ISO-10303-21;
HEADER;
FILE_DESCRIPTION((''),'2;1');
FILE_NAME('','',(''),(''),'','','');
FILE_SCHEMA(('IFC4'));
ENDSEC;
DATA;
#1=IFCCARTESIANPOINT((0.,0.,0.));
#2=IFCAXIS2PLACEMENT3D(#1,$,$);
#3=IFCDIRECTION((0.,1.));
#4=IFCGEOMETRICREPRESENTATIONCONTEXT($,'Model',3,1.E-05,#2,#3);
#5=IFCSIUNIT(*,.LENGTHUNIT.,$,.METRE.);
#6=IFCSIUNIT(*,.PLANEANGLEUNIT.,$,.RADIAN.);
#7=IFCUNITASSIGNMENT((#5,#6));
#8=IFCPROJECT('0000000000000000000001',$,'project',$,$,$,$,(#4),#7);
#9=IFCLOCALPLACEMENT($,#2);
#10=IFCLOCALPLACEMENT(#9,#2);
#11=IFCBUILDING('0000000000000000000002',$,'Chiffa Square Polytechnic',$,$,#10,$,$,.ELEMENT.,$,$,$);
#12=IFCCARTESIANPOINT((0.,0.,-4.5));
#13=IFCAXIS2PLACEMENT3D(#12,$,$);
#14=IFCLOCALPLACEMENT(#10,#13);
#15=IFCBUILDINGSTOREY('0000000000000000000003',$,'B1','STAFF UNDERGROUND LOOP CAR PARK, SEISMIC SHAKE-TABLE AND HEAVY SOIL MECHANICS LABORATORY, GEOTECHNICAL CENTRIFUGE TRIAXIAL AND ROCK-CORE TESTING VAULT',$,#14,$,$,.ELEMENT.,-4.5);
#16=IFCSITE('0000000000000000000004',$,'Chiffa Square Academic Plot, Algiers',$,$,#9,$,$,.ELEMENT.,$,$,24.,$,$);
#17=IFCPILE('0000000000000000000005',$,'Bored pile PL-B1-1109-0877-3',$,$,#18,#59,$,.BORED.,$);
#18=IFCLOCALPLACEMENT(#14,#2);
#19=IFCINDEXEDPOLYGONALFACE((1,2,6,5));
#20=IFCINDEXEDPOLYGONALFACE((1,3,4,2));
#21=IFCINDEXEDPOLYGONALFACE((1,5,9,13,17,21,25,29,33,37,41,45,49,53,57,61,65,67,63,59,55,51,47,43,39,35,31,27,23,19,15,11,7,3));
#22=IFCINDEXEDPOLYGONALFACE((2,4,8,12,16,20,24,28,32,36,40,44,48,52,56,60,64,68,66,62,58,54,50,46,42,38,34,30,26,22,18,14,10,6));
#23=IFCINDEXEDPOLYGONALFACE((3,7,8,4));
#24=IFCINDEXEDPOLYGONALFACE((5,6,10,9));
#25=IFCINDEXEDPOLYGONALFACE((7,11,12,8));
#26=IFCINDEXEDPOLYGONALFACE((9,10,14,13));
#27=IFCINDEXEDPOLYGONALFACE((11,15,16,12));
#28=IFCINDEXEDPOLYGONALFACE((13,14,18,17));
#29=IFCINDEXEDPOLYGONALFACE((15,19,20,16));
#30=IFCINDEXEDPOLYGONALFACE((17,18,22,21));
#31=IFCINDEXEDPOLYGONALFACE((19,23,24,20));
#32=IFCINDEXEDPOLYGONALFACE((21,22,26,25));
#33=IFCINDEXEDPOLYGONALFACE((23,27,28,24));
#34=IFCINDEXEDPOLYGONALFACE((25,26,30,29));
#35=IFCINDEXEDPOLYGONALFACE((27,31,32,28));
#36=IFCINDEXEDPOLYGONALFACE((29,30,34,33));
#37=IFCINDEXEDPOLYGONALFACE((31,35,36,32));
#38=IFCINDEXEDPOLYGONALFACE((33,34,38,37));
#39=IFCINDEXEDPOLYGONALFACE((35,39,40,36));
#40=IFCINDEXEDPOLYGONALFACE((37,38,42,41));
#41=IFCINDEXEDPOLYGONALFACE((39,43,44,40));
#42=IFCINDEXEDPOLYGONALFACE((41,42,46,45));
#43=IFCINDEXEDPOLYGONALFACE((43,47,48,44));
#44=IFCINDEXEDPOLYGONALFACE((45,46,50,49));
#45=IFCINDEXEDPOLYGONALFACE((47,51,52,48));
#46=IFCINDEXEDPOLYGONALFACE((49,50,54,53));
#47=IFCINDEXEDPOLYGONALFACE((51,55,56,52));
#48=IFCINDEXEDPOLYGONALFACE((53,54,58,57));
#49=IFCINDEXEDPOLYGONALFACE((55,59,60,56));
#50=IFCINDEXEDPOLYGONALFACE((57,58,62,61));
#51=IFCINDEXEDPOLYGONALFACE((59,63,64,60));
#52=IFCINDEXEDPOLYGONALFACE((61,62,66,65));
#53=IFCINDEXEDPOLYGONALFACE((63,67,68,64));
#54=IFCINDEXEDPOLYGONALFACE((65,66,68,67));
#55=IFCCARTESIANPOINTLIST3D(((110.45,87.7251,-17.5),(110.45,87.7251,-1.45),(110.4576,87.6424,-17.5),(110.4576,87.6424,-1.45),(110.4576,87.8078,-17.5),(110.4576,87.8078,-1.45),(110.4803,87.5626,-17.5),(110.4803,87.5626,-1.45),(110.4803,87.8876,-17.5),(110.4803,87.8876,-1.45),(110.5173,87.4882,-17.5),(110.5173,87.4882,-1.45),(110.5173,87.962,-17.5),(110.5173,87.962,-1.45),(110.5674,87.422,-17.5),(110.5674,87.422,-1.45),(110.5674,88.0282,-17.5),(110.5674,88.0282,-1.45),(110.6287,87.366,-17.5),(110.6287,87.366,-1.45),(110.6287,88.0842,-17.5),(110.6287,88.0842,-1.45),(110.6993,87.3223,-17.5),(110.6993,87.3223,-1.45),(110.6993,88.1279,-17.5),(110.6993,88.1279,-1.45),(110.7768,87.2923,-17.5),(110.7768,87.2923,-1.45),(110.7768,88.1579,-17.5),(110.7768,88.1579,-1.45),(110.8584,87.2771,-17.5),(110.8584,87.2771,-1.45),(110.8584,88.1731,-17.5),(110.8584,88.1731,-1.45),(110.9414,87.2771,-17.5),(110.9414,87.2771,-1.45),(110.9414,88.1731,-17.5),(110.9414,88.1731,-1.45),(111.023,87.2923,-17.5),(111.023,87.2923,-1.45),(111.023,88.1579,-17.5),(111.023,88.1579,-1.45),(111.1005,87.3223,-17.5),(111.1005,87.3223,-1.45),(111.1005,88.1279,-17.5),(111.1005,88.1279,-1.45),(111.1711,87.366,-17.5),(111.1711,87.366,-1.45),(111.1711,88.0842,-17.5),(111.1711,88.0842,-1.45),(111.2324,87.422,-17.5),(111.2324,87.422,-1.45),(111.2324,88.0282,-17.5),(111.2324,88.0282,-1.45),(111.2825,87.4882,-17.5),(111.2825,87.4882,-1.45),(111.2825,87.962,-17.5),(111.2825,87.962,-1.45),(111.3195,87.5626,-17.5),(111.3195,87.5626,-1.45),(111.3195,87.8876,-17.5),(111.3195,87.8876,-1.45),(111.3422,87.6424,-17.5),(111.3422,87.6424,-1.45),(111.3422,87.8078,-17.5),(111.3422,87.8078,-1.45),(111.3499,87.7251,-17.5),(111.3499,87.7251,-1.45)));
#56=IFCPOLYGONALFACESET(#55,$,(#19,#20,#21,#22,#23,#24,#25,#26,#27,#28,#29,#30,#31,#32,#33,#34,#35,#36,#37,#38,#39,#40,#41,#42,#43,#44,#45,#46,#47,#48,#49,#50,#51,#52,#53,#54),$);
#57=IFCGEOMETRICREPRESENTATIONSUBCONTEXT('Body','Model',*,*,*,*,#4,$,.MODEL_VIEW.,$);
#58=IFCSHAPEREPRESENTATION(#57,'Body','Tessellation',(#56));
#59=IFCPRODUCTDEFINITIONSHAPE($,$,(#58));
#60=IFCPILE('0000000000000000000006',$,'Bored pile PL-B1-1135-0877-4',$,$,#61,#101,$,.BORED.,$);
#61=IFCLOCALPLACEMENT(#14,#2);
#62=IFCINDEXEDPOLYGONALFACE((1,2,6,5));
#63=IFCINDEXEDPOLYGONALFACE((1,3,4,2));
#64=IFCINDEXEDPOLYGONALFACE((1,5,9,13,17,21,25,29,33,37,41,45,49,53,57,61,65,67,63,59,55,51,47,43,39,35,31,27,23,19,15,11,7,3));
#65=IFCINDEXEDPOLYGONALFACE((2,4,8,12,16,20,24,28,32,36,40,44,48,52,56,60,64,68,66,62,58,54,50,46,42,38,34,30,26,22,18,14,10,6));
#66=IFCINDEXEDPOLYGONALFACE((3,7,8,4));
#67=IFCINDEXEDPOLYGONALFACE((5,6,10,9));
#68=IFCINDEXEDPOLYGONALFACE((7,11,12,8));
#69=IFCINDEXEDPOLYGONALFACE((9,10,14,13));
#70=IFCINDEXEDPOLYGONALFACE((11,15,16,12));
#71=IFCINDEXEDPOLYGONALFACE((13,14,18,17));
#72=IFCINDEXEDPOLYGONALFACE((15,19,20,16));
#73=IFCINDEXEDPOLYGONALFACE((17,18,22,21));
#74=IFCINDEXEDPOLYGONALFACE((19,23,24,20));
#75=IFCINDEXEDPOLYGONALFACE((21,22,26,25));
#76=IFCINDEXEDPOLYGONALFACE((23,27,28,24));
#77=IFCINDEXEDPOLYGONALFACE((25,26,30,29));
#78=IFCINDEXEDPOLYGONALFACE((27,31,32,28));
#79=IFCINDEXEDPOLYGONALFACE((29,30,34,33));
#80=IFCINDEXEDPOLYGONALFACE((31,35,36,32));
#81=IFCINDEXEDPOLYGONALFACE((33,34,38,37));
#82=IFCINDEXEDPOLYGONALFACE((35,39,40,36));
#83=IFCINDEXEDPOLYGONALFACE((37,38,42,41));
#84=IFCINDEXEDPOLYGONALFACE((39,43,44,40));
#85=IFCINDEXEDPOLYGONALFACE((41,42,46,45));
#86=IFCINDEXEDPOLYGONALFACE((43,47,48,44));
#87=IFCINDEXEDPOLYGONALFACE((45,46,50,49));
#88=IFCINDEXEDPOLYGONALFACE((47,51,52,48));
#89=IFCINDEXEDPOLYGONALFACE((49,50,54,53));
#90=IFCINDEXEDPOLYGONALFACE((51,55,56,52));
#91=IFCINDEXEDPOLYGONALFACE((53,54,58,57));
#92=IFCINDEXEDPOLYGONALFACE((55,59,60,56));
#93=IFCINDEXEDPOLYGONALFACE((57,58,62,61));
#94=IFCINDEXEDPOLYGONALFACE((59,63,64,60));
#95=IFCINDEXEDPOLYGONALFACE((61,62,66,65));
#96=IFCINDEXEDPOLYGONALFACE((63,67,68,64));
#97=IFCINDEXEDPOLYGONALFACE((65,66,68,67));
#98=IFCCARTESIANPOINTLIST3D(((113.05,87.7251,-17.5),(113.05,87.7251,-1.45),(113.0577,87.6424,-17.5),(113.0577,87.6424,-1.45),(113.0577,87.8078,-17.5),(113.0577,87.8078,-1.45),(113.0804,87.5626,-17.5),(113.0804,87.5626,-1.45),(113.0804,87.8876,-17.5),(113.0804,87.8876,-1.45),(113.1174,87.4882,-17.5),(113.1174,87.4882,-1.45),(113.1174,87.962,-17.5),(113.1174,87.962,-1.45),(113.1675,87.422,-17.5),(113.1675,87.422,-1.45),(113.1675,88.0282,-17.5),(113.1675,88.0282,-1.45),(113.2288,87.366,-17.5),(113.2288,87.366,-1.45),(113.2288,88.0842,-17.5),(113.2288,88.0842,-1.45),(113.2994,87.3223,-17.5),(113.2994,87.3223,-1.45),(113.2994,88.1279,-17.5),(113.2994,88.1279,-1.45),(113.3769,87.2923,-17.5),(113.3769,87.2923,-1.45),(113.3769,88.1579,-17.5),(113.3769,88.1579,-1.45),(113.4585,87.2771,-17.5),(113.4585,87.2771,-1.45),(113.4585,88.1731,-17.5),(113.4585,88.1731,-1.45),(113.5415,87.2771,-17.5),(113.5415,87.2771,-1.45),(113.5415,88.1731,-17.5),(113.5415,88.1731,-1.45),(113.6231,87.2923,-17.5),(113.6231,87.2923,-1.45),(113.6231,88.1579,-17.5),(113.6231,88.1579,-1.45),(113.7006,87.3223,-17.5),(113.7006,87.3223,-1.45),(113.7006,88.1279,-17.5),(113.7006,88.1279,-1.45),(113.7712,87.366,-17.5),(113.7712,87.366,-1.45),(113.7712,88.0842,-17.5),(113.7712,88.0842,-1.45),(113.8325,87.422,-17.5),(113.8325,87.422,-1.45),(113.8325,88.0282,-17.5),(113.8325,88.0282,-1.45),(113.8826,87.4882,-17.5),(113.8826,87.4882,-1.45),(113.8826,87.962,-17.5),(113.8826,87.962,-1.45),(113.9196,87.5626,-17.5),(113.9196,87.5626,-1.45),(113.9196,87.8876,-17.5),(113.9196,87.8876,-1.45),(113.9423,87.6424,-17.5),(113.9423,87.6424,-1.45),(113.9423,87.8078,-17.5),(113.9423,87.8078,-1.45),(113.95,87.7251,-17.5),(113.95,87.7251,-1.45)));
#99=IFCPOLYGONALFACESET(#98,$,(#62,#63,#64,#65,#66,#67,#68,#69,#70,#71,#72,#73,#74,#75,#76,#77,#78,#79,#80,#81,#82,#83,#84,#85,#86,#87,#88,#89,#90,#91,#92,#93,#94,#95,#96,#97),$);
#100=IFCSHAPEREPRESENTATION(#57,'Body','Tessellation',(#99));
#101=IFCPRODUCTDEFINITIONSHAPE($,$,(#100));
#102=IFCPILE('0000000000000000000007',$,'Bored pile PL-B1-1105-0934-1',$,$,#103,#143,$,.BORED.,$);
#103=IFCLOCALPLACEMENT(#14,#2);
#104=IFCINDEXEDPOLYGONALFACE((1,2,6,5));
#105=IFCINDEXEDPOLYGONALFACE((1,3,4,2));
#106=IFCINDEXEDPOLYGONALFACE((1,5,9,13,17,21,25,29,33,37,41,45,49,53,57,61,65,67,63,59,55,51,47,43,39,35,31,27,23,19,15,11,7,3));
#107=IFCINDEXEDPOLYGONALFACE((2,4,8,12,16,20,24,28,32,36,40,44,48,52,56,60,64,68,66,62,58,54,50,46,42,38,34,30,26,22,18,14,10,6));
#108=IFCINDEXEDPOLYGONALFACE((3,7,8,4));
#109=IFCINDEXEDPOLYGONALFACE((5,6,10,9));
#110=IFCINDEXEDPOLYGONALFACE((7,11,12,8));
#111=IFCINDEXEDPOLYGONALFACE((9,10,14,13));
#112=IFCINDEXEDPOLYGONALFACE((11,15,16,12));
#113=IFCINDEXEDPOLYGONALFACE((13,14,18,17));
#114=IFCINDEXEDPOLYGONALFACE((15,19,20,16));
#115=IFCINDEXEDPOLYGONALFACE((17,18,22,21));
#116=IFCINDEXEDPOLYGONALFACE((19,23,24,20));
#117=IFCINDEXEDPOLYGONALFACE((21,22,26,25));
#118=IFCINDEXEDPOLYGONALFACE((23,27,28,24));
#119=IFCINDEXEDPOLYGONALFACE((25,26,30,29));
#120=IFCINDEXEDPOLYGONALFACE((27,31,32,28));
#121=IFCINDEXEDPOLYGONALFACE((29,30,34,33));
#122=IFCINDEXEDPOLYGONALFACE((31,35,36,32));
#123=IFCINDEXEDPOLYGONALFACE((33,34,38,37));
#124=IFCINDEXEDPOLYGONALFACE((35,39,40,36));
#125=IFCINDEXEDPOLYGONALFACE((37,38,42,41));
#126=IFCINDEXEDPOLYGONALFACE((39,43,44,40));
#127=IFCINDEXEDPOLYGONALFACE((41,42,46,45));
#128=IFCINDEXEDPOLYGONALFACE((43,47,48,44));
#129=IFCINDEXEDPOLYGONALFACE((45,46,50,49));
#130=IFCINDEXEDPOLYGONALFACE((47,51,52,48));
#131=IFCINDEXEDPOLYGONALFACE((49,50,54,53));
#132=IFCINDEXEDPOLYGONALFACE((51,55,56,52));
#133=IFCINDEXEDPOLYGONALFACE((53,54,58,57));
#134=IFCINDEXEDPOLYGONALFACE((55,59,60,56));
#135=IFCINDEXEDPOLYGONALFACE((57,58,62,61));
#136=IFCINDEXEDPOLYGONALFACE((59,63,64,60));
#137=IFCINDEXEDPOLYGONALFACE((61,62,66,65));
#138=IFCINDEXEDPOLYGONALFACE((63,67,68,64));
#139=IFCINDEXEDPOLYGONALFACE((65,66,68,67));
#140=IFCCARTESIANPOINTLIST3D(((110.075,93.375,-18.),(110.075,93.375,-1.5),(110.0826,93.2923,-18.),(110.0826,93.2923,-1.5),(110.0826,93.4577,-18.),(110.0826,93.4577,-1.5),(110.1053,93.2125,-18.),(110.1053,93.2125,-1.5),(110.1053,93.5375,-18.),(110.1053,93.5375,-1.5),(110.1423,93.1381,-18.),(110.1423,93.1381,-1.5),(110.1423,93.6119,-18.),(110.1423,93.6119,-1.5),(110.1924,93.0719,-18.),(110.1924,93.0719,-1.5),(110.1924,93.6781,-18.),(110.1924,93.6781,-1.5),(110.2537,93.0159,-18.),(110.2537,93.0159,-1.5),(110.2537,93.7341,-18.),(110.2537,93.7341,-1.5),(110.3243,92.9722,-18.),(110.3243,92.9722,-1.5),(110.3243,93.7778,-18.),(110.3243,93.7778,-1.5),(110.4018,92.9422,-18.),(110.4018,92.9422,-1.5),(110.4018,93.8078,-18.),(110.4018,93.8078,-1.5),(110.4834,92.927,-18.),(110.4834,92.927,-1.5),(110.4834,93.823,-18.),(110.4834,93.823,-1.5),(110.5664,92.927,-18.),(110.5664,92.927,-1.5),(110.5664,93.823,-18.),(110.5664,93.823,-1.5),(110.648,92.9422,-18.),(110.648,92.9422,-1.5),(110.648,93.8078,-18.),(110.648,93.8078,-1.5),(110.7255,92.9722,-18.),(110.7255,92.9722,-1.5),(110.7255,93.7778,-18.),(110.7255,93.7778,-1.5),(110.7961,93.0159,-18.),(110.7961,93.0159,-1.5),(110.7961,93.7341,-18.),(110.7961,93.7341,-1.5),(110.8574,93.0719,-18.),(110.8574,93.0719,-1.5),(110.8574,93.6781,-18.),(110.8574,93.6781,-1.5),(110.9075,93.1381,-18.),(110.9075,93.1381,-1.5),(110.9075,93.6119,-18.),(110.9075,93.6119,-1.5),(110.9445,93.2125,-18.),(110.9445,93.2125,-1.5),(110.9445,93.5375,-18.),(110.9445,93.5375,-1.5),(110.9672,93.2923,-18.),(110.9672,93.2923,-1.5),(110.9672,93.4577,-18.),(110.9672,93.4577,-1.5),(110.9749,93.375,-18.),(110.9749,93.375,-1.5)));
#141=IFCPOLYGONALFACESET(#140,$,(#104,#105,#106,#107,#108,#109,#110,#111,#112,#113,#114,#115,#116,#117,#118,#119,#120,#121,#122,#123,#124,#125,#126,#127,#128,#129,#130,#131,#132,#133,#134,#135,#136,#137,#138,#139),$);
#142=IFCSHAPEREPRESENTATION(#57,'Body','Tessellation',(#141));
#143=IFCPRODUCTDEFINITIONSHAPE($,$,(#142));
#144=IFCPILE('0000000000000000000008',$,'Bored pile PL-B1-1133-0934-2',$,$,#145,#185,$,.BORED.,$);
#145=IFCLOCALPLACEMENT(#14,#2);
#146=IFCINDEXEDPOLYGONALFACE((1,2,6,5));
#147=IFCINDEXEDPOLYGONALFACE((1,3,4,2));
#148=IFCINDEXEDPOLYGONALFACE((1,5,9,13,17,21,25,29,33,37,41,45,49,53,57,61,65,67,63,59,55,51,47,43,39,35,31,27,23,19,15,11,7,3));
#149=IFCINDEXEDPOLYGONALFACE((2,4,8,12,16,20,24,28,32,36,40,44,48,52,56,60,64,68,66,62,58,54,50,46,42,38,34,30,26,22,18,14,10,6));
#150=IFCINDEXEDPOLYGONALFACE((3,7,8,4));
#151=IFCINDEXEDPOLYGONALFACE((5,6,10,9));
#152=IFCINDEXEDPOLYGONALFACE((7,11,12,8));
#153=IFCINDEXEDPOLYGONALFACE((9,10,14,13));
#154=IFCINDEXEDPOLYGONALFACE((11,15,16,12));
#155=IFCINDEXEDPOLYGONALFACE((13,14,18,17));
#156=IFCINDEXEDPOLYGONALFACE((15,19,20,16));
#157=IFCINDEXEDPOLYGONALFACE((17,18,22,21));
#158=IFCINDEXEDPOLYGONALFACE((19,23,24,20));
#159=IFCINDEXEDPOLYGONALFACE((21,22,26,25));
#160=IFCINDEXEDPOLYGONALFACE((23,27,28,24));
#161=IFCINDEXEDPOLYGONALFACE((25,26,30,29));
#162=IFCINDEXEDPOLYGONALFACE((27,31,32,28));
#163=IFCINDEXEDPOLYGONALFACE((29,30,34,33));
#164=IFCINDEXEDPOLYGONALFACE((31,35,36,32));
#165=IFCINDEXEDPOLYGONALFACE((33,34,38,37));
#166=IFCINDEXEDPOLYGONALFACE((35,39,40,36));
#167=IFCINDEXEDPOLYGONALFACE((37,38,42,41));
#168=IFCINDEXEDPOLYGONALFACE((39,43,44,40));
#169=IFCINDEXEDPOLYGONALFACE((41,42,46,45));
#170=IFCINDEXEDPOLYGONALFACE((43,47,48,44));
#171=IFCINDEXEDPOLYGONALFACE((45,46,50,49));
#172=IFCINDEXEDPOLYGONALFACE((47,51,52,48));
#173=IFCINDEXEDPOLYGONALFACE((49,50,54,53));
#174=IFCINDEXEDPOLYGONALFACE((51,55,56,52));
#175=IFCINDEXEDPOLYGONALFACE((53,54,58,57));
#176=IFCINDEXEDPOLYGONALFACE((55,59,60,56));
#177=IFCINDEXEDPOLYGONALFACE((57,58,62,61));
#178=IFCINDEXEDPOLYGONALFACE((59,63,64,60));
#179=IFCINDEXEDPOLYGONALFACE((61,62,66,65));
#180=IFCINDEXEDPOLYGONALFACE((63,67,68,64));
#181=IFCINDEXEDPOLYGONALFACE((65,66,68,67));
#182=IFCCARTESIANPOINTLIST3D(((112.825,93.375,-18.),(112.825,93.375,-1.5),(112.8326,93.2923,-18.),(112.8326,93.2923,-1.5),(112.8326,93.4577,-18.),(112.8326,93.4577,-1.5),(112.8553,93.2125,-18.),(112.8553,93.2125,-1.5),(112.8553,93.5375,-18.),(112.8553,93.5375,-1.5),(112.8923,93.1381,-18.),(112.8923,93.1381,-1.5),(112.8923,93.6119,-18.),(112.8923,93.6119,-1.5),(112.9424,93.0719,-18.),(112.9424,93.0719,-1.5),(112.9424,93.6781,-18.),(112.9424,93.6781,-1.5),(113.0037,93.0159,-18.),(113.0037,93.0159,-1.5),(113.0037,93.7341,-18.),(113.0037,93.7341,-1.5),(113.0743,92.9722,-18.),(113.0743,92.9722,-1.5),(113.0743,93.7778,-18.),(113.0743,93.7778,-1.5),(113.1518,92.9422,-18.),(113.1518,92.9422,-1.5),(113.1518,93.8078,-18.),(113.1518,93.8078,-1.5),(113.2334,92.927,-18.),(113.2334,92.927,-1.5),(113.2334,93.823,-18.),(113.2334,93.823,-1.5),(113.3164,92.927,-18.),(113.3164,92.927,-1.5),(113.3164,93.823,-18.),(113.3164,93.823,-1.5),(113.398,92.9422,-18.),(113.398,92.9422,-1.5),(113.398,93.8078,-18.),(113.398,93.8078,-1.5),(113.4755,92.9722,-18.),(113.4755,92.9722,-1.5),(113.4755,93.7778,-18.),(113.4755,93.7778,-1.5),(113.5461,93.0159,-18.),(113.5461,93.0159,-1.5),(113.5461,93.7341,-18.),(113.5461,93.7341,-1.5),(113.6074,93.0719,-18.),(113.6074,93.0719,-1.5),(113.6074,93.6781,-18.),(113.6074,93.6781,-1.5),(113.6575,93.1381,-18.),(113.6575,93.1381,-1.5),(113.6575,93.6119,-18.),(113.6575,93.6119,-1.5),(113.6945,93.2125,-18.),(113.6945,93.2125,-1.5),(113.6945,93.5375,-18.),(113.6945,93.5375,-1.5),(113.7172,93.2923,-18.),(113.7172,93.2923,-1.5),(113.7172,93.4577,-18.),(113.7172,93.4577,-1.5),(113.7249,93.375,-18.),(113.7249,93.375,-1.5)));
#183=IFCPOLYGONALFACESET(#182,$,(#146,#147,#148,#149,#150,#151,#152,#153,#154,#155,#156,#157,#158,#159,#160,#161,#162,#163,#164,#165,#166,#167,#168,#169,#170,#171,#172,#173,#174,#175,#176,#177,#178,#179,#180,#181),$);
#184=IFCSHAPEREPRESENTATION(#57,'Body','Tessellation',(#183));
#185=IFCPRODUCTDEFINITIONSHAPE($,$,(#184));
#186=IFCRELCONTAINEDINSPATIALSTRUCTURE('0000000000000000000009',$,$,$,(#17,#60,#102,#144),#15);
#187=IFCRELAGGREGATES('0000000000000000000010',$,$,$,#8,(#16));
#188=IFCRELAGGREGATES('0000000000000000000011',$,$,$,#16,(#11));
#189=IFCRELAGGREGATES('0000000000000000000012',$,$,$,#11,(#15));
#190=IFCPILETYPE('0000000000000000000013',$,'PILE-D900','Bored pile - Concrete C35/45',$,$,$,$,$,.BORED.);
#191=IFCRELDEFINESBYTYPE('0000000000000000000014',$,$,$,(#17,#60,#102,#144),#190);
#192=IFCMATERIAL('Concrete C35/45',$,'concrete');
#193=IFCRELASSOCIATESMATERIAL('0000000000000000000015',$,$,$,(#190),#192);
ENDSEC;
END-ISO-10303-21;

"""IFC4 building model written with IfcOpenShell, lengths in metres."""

from ifc_helpers import new_model, si_unit, direction, frame, origin, origin_2d, place, context, subcontext, project, spatial, circle, extrude, material, material_profile, profile_set, type_object, element, save


model = new_model("IFC4")

# Units and contexts
model_context = context("Model", 3, precision=1e-05, world=origin(), true_north=direction((0.0, 1.0)))
body_context = subcontext(model_context, "Body", "Model", "MODEL_VIEW")
ifc_project = project(units=[si_unit("LENGTHUNIT", "METRE"), si_unit("PLANEANGLEUNIT", "RADIAN")], contexts=[model_context])

# Site, building, storey
site_placement = place(None, origin())
site = spatial("IfcSite", under=ifc_project, at=site_placement, Name="Chiffa Square Academic Plot, Algiers", CompositionType="ELEMENT", RefElevation=24.0)
building_placement = place(site_placement, origin())
building = spatial("IfcBuilding", under=site, at=building_placement, Name="Chiffa Square Polytechnic", CompositionType="ELEMENT")
storey_placement = place(building_placement, frame((0.0, 0.0, -4.5)))
storey = spatial("IfcBuildingStorey", under=building, at=storey_placement, Name="B1", Description="STAFF UNDERGROUND LOOP CAR PARK, SEISMIC SHAKE-TABLE AND HEAVY SOIL MECHANICS LABORATORY, GEOTECHNICAL CENTRIFUGE TRIAXIAL AND ROCK-CORE TESTING VAULT", CompositionType="ELEMENT", Elevation=-4.5)

# Shared definitions
ifc_material_1 = material(Name="Concrete C35/45", Category="concrete")

# Piles
ifc_material_profile_1 = material_profile(ifc_material_1, circle(Radius=0.45, at=origin_2d()), Name="PILE D900")
ifc_profile_set_1 = profile_set([ifc_material_profile_1], Name="Concrete C35/45")
pile_type_1 = type_object("IfcPileType", Name="PILE-D900", Description="Bored pile - Concrete C35/45", PredefinedType="BORED", material=ifc_profile_set_1)
for number, where, z_axis, x_axis, name in (
    (1, (110.8999, 87.7251, -1.45), (0.0, 0.0, -1.0), (1.0, 0.0, 0.0), "Bored pile PL-B1-1109-0877-3"),
    (2, (113.5, 87.7251, -1.45), (0.0, 0.0, -1.0), (1.0, 0.0, 0.0), "Bored pile PL-B1-1135-0877-4"),
):
    element("IfcPile", number, at=place(storey_placement, frame(where, z_axis=z_axis, x_axis=x_axis)), inside=storey, type_object=pile_type_1, Name=name, PredefinedType="BORED", context=body_context, shape_type="SweptSolid", body=[
        extrude(circle(Radius=0.45, at=origin_2d()), origin(), (0.0, 0.0, 1.0), 16.05),
    ])
for number, where, z_axis, x_axis, name in (
    (3, (110.5249, 93.375, -1.5), (0.0, 0.0, -1.0), (1.0, 0.0, 0.0), "Bored pile PL-B1-1105-0934-1"),
    (4, (113.2749, 93.375, -1.5), (0.0, 0.0, -1.0), (1.0, 0.0, 0.0), "Bored pile PL-B1-1133-0934-2"),
):
    element("IfcPile", number, at=place(storey_placement, frame(where, z_axis=z_axis, x_axis=x_axis)), inside=storey, type_object=pile_type_1, Name=name, PredefinedType="BORED", context=body_context, shape_type="SweptSolid", body=[
        extrude(circle(Radius=0.45, at=origin_2d()), origin(), (0.0, 0.0, 1.0), 16.5),
    ])

save(model, "model.ifc")
